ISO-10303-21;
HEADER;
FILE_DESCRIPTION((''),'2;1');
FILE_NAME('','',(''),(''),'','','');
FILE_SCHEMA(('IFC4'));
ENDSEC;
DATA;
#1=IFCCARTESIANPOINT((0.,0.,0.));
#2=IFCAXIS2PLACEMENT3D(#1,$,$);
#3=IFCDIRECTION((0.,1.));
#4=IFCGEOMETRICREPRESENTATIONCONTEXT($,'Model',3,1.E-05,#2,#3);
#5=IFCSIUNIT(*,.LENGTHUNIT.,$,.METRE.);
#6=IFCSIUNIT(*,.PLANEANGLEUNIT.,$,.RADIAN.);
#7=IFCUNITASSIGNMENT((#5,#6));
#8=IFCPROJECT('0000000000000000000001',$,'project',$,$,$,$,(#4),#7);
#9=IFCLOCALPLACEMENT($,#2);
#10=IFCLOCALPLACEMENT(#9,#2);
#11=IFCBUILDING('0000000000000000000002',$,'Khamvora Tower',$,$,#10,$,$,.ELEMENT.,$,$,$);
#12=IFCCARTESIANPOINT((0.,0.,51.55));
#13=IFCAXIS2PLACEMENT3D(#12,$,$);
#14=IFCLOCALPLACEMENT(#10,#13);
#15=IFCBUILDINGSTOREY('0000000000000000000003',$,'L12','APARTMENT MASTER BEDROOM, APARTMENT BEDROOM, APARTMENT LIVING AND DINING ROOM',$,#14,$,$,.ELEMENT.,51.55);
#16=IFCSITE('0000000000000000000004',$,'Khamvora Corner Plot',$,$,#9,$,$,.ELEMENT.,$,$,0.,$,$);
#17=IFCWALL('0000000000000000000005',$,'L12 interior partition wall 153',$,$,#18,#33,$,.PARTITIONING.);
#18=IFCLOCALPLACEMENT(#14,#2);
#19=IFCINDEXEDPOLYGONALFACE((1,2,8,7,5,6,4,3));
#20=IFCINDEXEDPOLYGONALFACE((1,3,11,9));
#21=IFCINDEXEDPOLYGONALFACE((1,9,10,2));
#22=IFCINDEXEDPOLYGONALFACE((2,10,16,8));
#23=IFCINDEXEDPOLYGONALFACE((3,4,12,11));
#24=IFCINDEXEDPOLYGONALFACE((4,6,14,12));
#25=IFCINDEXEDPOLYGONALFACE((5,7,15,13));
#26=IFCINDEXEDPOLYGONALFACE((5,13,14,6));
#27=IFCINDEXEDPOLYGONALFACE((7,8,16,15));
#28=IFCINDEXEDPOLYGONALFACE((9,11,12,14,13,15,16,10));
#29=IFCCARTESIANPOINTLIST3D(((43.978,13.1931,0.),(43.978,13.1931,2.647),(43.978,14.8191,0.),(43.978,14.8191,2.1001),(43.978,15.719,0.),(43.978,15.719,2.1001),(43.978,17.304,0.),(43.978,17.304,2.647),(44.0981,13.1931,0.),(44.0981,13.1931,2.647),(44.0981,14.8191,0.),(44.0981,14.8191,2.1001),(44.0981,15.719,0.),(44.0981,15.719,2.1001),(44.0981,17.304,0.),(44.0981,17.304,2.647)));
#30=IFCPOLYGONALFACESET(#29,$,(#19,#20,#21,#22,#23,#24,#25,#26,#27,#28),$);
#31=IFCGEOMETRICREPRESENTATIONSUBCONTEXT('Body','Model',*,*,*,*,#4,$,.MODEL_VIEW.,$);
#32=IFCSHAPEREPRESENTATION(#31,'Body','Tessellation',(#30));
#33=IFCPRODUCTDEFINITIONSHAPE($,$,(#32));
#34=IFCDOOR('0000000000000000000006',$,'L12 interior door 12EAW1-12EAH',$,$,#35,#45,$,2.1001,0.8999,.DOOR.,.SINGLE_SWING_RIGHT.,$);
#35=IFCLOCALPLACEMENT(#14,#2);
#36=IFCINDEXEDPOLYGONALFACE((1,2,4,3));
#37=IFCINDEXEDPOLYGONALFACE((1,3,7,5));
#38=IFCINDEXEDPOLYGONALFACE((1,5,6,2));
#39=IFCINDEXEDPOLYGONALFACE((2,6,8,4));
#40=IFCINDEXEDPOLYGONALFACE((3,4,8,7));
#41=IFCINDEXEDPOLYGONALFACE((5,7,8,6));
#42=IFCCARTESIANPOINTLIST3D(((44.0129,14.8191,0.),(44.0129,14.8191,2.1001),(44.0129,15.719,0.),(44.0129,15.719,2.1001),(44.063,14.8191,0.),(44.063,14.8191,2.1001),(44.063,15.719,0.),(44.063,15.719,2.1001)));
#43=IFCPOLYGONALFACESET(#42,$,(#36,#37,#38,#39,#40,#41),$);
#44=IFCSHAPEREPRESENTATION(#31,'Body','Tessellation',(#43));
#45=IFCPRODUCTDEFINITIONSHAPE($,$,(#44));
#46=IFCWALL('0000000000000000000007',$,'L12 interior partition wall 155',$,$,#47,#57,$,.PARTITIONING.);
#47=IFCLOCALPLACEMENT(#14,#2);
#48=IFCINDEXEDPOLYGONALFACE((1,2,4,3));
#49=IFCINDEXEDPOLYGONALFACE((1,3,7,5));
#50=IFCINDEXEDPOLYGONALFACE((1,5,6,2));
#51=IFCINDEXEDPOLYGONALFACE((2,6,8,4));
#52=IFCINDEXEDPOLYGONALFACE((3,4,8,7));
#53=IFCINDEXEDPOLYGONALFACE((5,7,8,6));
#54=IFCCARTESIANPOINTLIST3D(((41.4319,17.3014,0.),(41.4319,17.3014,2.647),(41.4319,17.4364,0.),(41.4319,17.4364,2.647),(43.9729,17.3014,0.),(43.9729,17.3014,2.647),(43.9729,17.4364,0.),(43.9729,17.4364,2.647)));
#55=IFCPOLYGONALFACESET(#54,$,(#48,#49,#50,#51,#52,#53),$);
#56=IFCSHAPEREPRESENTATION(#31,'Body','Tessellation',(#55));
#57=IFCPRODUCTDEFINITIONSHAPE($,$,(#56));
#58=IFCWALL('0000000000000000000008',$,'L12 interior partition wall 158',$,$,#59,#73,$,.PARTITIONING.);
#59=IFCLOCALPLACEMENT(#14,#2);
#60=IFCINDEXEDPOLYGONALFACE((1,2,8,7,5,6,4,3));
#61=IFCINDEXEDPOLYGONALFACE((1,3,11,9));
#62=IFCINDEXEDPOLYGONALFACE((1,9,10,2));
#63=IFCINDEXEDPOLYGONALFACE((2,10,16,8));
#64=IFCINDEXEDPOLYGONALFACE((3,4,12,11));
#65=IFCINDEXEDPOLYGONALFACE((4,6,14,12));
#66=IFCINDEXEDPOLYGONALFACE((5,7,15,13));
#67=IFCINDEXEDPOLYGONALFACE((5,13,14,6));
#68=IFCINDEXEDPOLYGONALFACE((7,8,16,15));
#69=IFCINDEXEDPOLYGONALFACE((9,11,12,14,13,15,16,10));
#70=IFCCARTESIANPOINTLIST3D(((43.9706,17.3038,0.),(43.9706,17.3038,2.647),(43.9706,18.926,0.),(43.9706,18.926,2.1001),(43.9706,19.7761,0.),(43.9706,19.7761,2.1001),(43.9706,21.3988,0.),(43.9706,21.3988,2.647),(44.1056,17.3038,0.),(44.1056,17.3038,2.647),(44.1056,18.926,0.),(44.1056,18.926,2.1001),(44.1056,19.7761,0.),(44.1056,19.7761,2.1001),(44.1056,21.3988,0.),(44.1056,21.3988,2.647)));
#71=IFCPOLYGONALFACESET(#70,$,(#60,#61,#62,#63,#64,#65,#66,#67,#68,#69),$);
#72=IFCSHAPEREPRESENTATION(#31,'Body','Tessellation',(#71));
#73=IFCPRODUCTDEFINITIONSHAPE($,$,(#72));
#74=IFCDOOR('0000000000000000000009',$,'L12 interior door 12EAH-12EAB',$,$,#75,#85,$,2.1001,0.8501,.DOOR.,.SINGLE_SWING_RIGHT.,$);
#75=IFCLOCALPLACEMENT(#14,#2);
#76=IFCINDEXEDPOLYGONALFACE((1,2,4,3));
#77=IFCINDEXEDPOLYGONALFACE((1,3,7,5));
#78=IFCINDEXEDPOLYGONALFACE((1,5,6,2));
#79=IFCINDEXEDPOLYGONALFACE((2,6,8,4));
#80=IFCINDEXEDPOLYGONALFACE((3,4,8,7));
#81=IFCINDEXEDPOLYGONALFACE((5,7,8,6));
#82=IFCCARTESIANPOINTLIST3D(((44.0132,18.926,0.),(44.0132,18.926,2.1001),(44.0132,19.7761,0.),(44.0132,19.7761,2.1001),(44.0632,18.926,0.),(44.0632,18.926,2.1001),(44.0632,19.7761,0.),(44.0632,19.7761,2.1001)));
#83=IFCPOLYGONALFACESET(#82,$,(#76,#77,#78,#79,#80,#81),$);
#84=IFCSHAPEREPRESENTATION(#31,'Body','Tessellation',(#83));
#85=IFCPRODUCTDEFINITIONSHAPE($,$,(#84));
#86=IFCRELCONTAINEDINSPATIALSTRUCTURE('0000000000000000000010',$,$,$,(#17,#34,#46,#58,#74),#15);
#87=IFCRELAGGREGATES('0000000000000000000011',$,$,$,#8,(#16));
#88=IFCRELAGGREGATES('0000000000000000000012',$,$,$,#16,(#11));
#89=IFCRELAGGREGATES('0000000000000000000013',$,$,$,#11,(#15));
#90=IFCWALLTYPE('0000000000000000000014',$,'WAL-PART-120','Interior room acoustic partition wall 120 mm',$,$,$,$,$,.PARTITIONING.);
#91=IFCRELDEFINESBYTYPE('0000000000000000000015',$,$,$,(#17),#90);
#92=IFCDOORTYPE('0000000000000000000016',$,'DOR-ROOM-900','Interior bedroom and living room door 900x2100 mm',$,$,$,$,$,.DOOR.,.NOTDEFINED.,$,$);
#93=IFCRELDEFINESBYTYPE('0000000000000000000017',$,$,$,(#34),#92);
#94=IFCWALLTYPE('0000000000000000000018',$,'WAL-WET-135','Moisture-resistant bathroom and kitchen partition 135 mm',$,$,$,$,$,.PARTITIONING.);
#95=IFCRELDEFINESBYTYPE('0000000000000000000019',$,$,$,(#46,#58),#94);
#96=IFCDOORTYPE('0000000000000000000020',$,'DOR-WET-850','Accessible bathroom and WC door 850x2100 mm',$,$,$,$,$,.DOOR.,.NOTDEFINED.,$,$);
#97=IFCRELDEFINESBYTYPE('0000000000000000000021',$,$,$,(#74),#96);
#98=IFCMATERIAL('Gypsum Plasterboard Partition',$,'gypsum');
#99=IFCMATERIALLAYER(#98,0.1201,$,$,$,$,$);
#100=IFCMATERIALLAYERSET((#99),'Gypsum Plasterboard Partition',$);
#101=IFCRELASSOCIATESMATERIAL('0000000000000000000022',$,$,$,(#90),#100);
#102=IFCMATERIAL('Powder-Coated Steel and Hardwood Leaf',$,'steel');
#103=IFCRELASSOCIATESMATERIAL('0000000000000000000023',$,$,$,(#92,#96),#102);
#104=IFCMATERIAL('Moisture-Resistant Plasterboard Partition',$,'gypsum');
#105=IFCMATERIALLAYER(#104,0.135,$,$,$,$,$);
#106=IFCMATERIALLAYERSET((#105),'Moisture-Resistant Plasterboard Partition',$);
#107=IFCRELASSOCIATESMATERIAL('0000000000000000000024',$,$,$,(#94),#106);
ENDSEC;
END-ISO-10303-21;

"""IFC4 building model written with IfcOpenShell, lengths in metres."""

from ifc_helpers import new_model, si_unit, direction, frame, frame_2d, origin, place, context, subcontext, project, spatial, rectangle, extrude, material, layer, layer_set, type_object, element, fill, save


model = new_model("IFC4")

# Units and contexts
model_context = context("Model", 3, precision=1e-05, world=origin(), true_north=direction((0.0, 1.0)))
body_context = subcontext(model_context, "Body", "Model", "MODEL_VIEW")
ifc_project = project(units=[si_unit("LENGTHUNIT", "METRE"), si_unit("PLANEANGLEUNIT", "RADIAN")], contexts=[model_context])

# Site, building, storey
site_placement = place(None, origin())
site = spatial("IfcSite", under=ifc_project, at=site_placement, Name="Khamvora Corner Plot", CompositionType="ELEMENT", RefElevation=0.0)
building_placement = place(site_placement, origin())
building = spatial("IfcBuilding", under=site, at=building_placement, Name="Khamvora Tower", CompositionType="ELEMENT")
storey_placement = place(building_placement, frame((0.0, 0.0, 51.55)))
storey = spatial("IfcBuildingStorey", under=building, at=storey_placement, Name="L12", Description="APARTMENT MASTER BEDROOM, APARTMENT BEDROOM, APARTMENT LIVING AND DINING ROOM", CompositionType="ELEMENT", Elevation=51.55)

# Wall, opening, door
ifc_material_1 = material(Name="Gypsum Plasterboard Partition", Category="gypsum")
ifc_layer_1 = layer(ifc_material_1, 0.1201)
ifc_layer_set_1 = layer_set([ifc_layer_1], Name="Gypsum Plasterboard Partition")
wall_type_1 = type_object("IfcWallType", Name="WAL-PART-120", Description="Interior room acoustic partition wall 120 mm", PredefinedType="PARTITIONING", material=ifc_layer_set_1)
wall_1_placement = place(storey_placement, frame((44.0381, 17.304, 0.0), z_axis=(0.0, 0.0, 1.0), x_axis=(0.0, -1.0, 0.0)))
wall_1 = element("IfcWall", 1, at=wall_1_placement, inside=storey, type_object=wall_type_1, Name="L12 interior partition wall 153", PredefinedType="PARTITIONING", context=body_context, shape_type="SweptSolid", body=[
    extrude(rectangle(XDim=4.1108, YDim=0.1201, at=frame_2d((2.0554, 0.0))), origin(), (0.0, 0.0, 1.0), 2.647),
])
opening_1_placement = place(wall_1_placement, frame((1.585, 0.0, 0.0)))
opening_1 = element("IfcOpeningElement", 2, at=opening_1_placement, cuts=wall_1, PredefinedType="OPENING", context=body_context, shape_type="SweptSolid", body=[
    extrude(rectangle(XDim=0.8999, YDim=2.1001, at=frame_2d((0.45, 1.05))), frame((0.0, 0.0701, 0.0), z_axis=(0.0, -1.0, 0.0), x_axis=(1.0, 0.0, 0.0)), (0.0, 0.0, 1.0), 0.1401),
])
ifc_material_2 = material(Name="Powder-Coated Steel and Hardwood Leaf", Category="steel")
door_type_1 = type_object("IfcDoorType", Name="DOR-ROOM-900", Description="Interior bedroom and living room door 900x2100 mm", OperationType="NOTDEFINED", PredefinedType="DOOR", material=ifc_material_2)
door_1_placement = place(opening_1_placement, origin())
door_1 = element("IfcDoor", 3, at=door_1_placement, inside=storey, type_object=door_type_1, Name="L12 interior door 12EAW1-12EAH", OperationType="SINGLE_SWING_RIGHT", OverallHeight=2.1001, OverallWidth=0.8999, PredefinedType="DOOR", context=body_context, shape_type="SweptSolid", body=[
    extrude(rectangle(XDim=0.8999, YDim=2.1001, at=frame_2d((0.45, 1.05))), frame((0.0, 0.0249, 0.0), z_axis=(0.0, -1.0, 0.0), x_axis=(1.0, 0.0, 0.0)), (0.0, 0.0, 1.0), 0.05),
])
fill(opening_1, door_1)

# Wall
ifc_material_3 = material(Name="Moisture-Resistant Plasterboard Partition", Category="gypsum")
ifc_layer_2 = layer(ifc_material_3, 0.135)
ifc_layer_set_2 = layer_set([ifc_layer_2], Name="Moisture-Resistant Plasterboard Partition")
wall_type_2 = type_object("IfcWallType", Name="WAL-WET-135", Description="Moisture-resistant bathroom and kitchen partition 135 mm", PredefinedType="PARTITIONING", material=ifc_layer_set_2)
wall_2_placement = place(storey_placement, frame((41.4319, 17.3689, 0.0), z_axis=(0.0, 0.0, 1.0), x_axis=(1.0, 0.0, 0.0)))
element("IfcWall", 4, at=wall_2_placement, inside=storey, type_object=wall_type_2, Name="L12 interior partition wall 155", PredefinedType="PARTITIONING", context=body_context, shape_type="SweptSolid", body=[
    extrude(rectangle(XDim=2.541, YDim=0.135, at=frame_2d((1.2705, 0.0))), origin(), (0.0, 0.0, 1.0), 2.647),
])

# Wall, opening, door
wall_3_placement = place(storey_placement, frame((44.0381, 17.304, 0.0), z_axis=(0.0, 0.0, 1.0), x_axis=(0.0, 1.0, 0.0)))
wall_3 = element("IfcWall", 5, at=wall_3_placement, inside=storey, type_object=wall_type_2, Name="L12 interior partition wall 158", PredefinedType="PARTITIONING", context=body_context, shape_type="SweptSolid", body=[
    extrude(rectangle(XDim=4.095, YDim=0.135, at=frame_2d((2.0474, 0.0))), origin(), (0.0, 0.0, 1.0), 2.647),
])
opening_2_placement = place(wall_3_placement, frame((1.6221, 0.0, 0.0)))
opening_2 = element("IfcOpeningElement", 6, at=opening_2_placement, cuts=wall_3, PredefinedType="OPENING", context=body_context, shape_type="SweptSolid", body=[
    extrude(rectangle(XDim=0.8501, YDim=2.1001, at=frame_2d((0.425, 1.05))), frame((0.0, 0.0774, 0.0), z_axis=(0.0, -1.0, 0.0), x_axis=(1.0, 0.0, 0.0)), (0.0, 0.0, 1.0), 0.155),
])
door_type_2 = type_object("IfcDoorType", Name="DOR-WET-850", Description="Accessible bathroom and WC door 850x2100 mm", OperationType="NOTDEFINED", PredefinedType="DOOR", material=ifc_material_2)
door_2_placement = place(opening_2_placement, origin())
door_2 = element("IfcDoor", 7, at=door_2_placement, inside=storey, type_object=door_type_2, Name="L12 interior door 12EAH-12EAB", OperationType="SINGLE_SWING_RIGHT", OverallHeight=2.1001, OverallWidth=0.8501, PredefinedType="DOOR", context=body_context, shape_type="SweptSolid", body=[
    extrude(rectangle(XDim=0.8501, YDim=2.1001, at=frame_2d((0.425, 1.05))), frame((0.0, 0.0249, 0.0), z_axis=(0.0, -1.0, 0.0), x_axis=(1.0, 0.0, 0.0)), (0.0, 0.0, 1.0), 0.05),
])
fill(opening_2, door_2)

save(model, "model.ifc")
